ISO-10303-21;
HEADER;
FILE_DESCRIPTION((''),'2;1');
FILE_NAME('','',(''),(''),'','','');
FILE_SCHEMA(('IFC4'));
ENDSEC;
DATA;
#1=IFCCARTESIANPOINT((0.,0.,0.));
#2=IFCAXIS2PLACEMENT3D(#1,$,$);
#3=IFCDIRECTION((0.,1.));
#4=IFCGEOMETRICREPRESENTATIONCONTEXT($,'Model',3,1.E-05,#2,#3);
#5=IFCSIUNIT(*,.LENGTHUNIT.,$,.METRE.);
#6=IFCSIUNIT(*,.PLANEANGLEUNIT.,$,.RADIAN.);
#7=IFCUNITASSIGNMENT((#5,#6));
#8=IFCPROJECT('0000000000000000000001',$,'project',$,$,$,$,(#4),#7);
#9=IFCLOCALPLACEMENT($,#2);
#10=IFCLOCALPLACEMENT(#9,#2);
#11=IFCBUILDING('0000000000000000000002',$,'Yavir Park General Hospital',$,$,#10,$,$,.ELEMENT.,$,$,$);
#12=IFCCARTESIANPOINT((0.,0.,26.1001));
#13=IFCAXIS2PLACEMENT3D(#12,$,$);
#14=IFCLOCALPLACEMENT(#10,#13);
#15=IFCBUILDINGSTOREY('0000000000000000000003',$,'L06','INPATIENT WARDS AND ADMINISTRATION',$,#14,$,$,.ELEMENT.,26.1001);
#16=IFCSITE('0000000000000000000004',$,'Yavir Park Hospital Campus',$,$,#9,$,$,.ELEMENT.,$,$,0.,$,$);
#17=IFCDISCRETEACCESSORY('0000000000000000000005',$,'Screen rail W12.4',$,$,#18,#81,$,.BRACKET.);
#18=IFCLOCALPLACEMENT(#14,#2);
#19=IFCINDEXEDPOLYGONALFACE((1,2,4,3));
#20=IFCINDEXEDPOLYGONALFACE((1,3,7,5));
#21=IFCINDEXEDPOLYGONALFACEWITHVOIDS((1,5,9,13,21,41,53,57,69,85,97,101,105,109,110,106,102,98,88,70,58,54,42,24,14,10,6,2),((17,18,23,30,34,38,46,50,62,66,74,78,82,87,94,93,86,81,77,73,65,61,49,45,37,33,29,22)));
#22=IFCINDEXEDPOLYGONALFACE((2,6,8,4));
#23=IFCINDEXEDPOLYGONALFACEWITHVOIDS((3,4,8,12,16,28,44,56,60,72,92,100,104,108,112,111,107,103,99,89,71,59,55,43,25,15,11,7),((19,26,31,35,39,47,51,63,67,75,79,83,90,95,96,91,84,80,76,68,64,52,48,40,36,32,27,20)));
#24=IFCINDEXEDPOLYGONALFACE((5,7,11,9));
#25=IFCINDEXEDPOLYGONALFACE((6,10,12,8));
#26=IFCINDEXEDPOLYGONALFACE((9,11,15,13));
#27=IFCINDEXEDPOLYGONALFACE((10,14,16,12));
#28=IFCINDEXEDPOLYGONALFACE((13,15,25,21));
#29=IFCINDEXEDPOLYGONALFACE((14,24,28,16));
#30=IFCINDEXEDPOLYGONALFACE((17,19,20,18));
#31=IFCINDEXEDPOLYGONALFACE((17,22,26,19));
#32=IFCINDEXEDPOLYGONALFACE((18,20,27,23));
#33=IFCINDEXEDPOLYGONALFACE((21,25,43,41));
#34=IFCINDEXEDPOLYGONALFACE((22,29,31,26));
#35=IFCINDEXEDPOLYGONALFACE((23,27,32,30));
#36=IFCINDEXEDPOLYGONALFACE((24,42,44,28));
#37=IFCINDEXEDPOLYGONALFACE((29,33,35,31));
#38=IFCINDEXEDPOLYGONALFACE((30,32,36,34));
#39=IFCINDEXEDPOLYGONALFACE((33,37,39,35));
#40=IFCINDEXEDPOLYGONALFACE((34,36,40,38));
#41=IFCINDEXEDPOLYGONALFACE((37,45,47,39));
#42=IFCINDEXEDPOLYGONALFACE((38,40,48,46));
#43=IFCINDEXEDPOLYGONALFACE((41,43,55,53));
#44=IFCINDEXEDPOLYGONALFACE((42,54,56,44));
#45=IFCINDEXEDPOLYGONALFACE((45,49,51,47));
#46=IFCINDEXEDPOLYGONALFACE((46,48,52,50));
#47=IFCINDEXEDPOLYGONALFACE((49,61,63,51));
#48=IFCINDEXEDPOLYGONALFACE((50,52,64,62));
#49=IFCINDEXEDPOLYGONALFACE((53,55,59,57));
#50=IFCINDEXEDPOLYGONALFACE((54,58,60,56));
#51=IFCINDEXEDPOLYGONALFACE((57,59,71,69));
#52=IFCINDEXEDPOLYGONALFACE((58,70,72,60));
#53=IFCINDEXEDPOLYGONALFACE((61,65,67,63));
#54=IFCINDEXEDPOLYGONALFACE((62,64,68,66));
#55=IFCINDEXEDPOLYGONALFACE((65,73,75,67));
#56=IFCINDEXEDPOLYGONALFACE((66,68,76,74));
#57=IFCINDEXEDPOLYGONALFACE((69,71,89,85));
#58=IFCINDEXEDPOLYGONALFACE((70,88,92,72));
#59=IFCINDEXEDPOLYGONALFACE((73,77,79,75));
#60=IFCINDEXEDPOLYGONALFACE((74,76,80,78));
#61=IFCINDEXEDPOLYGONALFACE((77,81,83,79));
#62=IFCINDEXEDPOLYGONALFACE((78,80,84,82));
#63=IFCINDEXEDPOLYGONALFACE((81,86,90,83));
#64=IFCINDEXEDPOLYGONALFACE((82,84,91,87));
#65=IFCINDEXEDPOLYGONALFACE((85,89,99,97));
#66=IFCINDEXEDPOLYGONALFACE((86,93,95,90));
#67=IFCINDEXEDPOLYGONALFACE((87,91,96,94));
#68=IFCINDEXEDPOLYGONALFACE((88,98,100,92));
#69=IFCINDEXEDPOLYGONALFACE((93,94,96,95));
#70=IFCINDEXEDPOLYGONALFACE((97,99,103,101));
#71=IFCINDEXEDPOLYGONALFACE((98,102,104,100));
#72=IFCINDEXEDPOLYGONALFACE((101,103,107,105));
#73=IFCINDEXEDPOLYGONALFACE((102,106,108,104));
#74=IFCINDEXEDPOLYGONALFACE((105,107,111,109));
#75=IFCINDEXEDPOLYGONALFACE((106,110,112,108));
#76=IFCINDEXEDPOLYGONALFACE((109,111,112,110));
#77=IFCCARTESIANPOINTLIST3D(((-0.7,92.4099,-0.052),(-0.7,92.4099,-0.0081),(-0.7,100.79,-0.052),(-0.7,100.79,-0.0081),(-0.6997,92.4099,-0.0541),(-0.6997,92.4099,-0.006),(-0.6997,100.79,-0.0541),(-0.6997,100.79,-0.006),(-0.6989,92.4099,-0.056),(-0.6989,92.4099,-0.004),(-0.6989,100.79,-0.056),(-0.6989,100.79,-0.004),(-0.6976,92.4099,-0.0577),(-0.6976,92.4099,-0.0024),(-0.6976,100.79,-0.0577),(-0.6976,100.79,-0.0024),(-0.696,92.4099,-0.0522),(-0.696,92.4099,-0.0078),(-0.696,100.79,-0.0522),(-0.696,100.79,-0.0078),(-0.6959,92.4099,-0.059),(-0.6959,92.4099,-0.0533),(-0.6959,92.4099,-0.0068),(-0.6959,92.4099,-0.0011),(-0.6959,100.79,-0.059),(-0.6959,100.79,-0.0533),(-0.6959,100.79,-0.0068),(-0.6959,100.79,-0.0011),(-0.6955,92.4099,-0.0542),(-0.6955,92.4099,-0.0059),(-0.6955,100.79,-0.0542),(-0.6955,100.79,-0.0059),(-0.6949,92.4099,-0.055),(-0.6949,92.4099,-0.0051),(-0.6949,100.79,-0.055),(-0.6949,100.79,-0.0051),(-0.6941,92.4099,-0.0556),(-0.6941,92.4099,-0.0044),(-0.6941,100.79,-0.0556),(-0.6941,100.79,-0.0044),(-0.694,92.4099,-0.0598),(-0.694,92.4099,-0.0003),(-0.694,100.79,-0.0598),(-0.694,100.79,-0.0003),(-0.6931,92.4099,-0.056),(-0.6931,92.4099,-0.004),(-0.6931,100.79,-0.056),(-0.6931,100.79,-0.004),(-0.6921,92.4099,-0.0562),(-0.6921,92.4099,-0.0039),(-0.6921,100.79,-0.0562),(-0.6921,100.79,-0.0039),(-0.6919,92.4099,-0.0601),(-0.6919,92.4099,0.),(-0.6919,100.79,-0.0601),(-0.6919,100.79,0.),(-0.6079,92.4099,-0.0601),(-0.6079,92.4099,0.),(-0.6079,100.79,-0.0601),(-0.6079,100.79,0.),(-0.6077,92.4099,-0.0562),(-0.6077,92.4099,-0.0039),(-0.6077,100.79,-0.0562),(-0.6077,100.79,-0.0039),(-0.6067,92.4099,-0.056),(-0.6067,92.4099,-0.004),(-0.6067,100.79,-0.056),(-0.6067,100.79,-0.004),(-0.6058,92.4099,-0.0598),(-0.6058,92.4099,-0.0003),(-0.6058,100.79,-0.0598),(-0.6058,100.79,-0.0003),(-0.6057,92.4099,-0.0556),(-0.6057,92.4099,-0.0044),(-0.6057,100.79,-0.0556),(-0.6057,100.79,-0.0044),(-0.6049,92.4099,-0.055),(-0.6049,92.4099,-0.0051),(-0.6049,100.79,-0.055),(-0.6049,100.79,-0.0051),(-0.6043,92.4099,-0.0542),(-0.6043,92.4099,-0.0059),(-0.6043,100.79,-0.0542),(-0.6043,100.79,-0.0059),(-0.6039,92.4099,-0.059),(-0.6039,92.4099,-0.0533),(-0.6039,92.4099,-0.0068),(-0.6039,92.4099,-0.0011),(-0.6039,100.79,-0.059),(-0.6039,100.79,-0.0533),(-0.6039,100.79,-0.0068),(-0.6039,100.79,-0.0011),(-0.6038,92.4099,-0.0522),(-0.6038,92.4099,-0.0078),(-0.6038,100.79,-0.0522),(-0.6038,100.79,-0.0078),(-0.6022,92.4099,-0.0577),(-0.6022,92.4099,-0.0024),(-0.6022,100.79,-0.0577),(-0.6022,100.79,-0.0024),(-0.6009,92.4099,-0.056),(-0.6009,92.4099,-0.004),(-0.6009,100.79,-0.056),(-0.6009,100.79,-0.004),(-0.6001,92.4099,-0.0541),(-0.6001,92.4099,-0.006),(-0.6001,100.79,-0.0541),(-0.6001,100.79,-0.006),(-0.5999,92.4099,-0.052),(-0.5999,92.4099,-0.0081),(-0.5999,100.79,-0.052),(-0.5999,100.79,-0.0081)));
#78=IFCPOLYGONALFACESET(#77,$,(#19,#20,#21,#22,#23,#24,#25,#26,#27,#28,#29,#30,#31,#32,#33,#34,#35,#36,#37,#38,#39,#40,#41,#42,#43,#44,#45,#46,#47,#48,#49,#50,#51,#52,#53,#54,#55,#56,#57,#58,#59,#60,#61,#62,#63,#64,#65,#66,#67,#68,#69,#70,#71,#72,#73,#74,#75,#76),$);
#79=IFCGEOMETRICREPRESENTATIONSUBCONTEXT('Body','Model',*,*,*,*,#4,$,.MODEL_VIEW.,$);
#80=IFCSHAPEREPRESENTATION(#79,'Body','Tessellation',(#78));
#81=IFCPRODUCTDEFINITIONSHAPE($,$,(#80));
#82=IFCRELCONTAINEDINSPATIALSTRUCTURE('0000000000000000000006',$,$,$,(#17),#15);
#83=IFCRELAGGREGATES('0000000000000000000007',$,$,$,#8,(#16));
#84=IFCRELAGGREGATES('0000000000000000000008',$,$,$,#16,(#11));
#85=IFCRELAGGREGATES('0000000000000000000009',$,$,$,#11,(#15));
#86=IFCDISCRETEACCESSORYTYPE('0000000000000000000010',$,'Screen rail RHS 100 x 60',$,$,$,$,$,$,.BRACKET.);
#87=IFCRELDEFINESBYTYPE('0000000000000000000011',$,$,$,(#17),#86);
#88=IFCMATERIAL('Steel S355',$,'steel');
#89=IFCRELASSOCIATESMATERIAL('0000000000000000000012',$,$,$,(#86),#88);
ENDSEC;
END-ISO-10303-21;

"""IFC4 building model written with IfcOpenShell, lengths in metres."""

from ifc_helpers import new_model, si_unit, direction, frame, origin, origin_2d, place, context, subcontext, project, spatial, hollow_rectangle, extrude, material, material_profile, profile_set, type_object, element, save


model = new_model("IFC4")

# Units and contexts
model_context = context("Model", 3, precision=1e-05, world=origin(), true_north=direction((0.0, 1.0)))
body_context = subcontext(model_context, "Body", "Model", "MODEL_VIEW")
ifc_project = project(units=[si_unit("LENGTHUNIT", "METRE"), si_unit("PLANEANGLEUNIT", "RADIAN")], contexts=[model_context])

# Site, building, storey
site_placement = place(None, origin())
site = spatial("IfcSite", under=ifc_project, at=site_placement, Name="Yavir Park Hospital Campus", CompositionType="ELEMENT", RefElevation=0.0)
building_placement = place(site_placement, origin())
building = spatial("IfcBuilding", under=site, at=building_placement, Name="Yavir Park General Hospital", CompositionType="ELEMENT")
storey_placement = place(building_placement, frame((0.0, 0.0, 26.1001)))
storey = spatial("IfcBuildingStorey", under=building, at=storey_placement, Name="L06", Description="INPATIENT WARDS AND ADMINISTRATION", CompositionType="ELEMENT", Elevation=26.1001)

# Discrete accessory
ifc_material_1 = material(Name="Steel S355", Category="steel")
ifc_material_profile_1 = material_profile(ifc_material_1, hollow_rectangle(XDim=0.1001, YDim=0.0601, WallThickness=0.0039, InnerFilletRadius=0.0039, OuterFilletRadius=0.0081, at=origin_2d()), Name="RHS60x100x4")
ifc_profile_set_1 = profile_set([ifc_material_profile_1], Name="Steel S355")
discrete_accessory_type_1 = type_object("IfcDiscreteAccessoryType", Name="Screen rail RHS 100 x 60", PredefinedType="BRACKET", material=ifc_profile_set_1)
discrete_accessory_placement = place(storey_placement, frame((-0.6499, 92.4099, -0.03), z_axis=(0.0, 1.0, 0.0), x_axis=(-1.0, 0.0, 0.0)))
element("IfcDiscreteAccessory", 1, at=discrete_accessory_placement, inside=storey, type_object=discrete_accessory_type_1, Name="Screen rail W12.4", PredefinedType="BRACKET", context=body_context, shape_type="SweptSolid", body=[
    extrude(hollow_rectangle(XDim=0.1001, YDim=0.0601, WallThickness=0.0039, InnerFilletRadius=0.0039, OuterFilletRadius=0.0081, at=origin_2d()), origin(), (0.0, 0.0, 1.0), 8.3801),
])

save(model, "model.ifc")
